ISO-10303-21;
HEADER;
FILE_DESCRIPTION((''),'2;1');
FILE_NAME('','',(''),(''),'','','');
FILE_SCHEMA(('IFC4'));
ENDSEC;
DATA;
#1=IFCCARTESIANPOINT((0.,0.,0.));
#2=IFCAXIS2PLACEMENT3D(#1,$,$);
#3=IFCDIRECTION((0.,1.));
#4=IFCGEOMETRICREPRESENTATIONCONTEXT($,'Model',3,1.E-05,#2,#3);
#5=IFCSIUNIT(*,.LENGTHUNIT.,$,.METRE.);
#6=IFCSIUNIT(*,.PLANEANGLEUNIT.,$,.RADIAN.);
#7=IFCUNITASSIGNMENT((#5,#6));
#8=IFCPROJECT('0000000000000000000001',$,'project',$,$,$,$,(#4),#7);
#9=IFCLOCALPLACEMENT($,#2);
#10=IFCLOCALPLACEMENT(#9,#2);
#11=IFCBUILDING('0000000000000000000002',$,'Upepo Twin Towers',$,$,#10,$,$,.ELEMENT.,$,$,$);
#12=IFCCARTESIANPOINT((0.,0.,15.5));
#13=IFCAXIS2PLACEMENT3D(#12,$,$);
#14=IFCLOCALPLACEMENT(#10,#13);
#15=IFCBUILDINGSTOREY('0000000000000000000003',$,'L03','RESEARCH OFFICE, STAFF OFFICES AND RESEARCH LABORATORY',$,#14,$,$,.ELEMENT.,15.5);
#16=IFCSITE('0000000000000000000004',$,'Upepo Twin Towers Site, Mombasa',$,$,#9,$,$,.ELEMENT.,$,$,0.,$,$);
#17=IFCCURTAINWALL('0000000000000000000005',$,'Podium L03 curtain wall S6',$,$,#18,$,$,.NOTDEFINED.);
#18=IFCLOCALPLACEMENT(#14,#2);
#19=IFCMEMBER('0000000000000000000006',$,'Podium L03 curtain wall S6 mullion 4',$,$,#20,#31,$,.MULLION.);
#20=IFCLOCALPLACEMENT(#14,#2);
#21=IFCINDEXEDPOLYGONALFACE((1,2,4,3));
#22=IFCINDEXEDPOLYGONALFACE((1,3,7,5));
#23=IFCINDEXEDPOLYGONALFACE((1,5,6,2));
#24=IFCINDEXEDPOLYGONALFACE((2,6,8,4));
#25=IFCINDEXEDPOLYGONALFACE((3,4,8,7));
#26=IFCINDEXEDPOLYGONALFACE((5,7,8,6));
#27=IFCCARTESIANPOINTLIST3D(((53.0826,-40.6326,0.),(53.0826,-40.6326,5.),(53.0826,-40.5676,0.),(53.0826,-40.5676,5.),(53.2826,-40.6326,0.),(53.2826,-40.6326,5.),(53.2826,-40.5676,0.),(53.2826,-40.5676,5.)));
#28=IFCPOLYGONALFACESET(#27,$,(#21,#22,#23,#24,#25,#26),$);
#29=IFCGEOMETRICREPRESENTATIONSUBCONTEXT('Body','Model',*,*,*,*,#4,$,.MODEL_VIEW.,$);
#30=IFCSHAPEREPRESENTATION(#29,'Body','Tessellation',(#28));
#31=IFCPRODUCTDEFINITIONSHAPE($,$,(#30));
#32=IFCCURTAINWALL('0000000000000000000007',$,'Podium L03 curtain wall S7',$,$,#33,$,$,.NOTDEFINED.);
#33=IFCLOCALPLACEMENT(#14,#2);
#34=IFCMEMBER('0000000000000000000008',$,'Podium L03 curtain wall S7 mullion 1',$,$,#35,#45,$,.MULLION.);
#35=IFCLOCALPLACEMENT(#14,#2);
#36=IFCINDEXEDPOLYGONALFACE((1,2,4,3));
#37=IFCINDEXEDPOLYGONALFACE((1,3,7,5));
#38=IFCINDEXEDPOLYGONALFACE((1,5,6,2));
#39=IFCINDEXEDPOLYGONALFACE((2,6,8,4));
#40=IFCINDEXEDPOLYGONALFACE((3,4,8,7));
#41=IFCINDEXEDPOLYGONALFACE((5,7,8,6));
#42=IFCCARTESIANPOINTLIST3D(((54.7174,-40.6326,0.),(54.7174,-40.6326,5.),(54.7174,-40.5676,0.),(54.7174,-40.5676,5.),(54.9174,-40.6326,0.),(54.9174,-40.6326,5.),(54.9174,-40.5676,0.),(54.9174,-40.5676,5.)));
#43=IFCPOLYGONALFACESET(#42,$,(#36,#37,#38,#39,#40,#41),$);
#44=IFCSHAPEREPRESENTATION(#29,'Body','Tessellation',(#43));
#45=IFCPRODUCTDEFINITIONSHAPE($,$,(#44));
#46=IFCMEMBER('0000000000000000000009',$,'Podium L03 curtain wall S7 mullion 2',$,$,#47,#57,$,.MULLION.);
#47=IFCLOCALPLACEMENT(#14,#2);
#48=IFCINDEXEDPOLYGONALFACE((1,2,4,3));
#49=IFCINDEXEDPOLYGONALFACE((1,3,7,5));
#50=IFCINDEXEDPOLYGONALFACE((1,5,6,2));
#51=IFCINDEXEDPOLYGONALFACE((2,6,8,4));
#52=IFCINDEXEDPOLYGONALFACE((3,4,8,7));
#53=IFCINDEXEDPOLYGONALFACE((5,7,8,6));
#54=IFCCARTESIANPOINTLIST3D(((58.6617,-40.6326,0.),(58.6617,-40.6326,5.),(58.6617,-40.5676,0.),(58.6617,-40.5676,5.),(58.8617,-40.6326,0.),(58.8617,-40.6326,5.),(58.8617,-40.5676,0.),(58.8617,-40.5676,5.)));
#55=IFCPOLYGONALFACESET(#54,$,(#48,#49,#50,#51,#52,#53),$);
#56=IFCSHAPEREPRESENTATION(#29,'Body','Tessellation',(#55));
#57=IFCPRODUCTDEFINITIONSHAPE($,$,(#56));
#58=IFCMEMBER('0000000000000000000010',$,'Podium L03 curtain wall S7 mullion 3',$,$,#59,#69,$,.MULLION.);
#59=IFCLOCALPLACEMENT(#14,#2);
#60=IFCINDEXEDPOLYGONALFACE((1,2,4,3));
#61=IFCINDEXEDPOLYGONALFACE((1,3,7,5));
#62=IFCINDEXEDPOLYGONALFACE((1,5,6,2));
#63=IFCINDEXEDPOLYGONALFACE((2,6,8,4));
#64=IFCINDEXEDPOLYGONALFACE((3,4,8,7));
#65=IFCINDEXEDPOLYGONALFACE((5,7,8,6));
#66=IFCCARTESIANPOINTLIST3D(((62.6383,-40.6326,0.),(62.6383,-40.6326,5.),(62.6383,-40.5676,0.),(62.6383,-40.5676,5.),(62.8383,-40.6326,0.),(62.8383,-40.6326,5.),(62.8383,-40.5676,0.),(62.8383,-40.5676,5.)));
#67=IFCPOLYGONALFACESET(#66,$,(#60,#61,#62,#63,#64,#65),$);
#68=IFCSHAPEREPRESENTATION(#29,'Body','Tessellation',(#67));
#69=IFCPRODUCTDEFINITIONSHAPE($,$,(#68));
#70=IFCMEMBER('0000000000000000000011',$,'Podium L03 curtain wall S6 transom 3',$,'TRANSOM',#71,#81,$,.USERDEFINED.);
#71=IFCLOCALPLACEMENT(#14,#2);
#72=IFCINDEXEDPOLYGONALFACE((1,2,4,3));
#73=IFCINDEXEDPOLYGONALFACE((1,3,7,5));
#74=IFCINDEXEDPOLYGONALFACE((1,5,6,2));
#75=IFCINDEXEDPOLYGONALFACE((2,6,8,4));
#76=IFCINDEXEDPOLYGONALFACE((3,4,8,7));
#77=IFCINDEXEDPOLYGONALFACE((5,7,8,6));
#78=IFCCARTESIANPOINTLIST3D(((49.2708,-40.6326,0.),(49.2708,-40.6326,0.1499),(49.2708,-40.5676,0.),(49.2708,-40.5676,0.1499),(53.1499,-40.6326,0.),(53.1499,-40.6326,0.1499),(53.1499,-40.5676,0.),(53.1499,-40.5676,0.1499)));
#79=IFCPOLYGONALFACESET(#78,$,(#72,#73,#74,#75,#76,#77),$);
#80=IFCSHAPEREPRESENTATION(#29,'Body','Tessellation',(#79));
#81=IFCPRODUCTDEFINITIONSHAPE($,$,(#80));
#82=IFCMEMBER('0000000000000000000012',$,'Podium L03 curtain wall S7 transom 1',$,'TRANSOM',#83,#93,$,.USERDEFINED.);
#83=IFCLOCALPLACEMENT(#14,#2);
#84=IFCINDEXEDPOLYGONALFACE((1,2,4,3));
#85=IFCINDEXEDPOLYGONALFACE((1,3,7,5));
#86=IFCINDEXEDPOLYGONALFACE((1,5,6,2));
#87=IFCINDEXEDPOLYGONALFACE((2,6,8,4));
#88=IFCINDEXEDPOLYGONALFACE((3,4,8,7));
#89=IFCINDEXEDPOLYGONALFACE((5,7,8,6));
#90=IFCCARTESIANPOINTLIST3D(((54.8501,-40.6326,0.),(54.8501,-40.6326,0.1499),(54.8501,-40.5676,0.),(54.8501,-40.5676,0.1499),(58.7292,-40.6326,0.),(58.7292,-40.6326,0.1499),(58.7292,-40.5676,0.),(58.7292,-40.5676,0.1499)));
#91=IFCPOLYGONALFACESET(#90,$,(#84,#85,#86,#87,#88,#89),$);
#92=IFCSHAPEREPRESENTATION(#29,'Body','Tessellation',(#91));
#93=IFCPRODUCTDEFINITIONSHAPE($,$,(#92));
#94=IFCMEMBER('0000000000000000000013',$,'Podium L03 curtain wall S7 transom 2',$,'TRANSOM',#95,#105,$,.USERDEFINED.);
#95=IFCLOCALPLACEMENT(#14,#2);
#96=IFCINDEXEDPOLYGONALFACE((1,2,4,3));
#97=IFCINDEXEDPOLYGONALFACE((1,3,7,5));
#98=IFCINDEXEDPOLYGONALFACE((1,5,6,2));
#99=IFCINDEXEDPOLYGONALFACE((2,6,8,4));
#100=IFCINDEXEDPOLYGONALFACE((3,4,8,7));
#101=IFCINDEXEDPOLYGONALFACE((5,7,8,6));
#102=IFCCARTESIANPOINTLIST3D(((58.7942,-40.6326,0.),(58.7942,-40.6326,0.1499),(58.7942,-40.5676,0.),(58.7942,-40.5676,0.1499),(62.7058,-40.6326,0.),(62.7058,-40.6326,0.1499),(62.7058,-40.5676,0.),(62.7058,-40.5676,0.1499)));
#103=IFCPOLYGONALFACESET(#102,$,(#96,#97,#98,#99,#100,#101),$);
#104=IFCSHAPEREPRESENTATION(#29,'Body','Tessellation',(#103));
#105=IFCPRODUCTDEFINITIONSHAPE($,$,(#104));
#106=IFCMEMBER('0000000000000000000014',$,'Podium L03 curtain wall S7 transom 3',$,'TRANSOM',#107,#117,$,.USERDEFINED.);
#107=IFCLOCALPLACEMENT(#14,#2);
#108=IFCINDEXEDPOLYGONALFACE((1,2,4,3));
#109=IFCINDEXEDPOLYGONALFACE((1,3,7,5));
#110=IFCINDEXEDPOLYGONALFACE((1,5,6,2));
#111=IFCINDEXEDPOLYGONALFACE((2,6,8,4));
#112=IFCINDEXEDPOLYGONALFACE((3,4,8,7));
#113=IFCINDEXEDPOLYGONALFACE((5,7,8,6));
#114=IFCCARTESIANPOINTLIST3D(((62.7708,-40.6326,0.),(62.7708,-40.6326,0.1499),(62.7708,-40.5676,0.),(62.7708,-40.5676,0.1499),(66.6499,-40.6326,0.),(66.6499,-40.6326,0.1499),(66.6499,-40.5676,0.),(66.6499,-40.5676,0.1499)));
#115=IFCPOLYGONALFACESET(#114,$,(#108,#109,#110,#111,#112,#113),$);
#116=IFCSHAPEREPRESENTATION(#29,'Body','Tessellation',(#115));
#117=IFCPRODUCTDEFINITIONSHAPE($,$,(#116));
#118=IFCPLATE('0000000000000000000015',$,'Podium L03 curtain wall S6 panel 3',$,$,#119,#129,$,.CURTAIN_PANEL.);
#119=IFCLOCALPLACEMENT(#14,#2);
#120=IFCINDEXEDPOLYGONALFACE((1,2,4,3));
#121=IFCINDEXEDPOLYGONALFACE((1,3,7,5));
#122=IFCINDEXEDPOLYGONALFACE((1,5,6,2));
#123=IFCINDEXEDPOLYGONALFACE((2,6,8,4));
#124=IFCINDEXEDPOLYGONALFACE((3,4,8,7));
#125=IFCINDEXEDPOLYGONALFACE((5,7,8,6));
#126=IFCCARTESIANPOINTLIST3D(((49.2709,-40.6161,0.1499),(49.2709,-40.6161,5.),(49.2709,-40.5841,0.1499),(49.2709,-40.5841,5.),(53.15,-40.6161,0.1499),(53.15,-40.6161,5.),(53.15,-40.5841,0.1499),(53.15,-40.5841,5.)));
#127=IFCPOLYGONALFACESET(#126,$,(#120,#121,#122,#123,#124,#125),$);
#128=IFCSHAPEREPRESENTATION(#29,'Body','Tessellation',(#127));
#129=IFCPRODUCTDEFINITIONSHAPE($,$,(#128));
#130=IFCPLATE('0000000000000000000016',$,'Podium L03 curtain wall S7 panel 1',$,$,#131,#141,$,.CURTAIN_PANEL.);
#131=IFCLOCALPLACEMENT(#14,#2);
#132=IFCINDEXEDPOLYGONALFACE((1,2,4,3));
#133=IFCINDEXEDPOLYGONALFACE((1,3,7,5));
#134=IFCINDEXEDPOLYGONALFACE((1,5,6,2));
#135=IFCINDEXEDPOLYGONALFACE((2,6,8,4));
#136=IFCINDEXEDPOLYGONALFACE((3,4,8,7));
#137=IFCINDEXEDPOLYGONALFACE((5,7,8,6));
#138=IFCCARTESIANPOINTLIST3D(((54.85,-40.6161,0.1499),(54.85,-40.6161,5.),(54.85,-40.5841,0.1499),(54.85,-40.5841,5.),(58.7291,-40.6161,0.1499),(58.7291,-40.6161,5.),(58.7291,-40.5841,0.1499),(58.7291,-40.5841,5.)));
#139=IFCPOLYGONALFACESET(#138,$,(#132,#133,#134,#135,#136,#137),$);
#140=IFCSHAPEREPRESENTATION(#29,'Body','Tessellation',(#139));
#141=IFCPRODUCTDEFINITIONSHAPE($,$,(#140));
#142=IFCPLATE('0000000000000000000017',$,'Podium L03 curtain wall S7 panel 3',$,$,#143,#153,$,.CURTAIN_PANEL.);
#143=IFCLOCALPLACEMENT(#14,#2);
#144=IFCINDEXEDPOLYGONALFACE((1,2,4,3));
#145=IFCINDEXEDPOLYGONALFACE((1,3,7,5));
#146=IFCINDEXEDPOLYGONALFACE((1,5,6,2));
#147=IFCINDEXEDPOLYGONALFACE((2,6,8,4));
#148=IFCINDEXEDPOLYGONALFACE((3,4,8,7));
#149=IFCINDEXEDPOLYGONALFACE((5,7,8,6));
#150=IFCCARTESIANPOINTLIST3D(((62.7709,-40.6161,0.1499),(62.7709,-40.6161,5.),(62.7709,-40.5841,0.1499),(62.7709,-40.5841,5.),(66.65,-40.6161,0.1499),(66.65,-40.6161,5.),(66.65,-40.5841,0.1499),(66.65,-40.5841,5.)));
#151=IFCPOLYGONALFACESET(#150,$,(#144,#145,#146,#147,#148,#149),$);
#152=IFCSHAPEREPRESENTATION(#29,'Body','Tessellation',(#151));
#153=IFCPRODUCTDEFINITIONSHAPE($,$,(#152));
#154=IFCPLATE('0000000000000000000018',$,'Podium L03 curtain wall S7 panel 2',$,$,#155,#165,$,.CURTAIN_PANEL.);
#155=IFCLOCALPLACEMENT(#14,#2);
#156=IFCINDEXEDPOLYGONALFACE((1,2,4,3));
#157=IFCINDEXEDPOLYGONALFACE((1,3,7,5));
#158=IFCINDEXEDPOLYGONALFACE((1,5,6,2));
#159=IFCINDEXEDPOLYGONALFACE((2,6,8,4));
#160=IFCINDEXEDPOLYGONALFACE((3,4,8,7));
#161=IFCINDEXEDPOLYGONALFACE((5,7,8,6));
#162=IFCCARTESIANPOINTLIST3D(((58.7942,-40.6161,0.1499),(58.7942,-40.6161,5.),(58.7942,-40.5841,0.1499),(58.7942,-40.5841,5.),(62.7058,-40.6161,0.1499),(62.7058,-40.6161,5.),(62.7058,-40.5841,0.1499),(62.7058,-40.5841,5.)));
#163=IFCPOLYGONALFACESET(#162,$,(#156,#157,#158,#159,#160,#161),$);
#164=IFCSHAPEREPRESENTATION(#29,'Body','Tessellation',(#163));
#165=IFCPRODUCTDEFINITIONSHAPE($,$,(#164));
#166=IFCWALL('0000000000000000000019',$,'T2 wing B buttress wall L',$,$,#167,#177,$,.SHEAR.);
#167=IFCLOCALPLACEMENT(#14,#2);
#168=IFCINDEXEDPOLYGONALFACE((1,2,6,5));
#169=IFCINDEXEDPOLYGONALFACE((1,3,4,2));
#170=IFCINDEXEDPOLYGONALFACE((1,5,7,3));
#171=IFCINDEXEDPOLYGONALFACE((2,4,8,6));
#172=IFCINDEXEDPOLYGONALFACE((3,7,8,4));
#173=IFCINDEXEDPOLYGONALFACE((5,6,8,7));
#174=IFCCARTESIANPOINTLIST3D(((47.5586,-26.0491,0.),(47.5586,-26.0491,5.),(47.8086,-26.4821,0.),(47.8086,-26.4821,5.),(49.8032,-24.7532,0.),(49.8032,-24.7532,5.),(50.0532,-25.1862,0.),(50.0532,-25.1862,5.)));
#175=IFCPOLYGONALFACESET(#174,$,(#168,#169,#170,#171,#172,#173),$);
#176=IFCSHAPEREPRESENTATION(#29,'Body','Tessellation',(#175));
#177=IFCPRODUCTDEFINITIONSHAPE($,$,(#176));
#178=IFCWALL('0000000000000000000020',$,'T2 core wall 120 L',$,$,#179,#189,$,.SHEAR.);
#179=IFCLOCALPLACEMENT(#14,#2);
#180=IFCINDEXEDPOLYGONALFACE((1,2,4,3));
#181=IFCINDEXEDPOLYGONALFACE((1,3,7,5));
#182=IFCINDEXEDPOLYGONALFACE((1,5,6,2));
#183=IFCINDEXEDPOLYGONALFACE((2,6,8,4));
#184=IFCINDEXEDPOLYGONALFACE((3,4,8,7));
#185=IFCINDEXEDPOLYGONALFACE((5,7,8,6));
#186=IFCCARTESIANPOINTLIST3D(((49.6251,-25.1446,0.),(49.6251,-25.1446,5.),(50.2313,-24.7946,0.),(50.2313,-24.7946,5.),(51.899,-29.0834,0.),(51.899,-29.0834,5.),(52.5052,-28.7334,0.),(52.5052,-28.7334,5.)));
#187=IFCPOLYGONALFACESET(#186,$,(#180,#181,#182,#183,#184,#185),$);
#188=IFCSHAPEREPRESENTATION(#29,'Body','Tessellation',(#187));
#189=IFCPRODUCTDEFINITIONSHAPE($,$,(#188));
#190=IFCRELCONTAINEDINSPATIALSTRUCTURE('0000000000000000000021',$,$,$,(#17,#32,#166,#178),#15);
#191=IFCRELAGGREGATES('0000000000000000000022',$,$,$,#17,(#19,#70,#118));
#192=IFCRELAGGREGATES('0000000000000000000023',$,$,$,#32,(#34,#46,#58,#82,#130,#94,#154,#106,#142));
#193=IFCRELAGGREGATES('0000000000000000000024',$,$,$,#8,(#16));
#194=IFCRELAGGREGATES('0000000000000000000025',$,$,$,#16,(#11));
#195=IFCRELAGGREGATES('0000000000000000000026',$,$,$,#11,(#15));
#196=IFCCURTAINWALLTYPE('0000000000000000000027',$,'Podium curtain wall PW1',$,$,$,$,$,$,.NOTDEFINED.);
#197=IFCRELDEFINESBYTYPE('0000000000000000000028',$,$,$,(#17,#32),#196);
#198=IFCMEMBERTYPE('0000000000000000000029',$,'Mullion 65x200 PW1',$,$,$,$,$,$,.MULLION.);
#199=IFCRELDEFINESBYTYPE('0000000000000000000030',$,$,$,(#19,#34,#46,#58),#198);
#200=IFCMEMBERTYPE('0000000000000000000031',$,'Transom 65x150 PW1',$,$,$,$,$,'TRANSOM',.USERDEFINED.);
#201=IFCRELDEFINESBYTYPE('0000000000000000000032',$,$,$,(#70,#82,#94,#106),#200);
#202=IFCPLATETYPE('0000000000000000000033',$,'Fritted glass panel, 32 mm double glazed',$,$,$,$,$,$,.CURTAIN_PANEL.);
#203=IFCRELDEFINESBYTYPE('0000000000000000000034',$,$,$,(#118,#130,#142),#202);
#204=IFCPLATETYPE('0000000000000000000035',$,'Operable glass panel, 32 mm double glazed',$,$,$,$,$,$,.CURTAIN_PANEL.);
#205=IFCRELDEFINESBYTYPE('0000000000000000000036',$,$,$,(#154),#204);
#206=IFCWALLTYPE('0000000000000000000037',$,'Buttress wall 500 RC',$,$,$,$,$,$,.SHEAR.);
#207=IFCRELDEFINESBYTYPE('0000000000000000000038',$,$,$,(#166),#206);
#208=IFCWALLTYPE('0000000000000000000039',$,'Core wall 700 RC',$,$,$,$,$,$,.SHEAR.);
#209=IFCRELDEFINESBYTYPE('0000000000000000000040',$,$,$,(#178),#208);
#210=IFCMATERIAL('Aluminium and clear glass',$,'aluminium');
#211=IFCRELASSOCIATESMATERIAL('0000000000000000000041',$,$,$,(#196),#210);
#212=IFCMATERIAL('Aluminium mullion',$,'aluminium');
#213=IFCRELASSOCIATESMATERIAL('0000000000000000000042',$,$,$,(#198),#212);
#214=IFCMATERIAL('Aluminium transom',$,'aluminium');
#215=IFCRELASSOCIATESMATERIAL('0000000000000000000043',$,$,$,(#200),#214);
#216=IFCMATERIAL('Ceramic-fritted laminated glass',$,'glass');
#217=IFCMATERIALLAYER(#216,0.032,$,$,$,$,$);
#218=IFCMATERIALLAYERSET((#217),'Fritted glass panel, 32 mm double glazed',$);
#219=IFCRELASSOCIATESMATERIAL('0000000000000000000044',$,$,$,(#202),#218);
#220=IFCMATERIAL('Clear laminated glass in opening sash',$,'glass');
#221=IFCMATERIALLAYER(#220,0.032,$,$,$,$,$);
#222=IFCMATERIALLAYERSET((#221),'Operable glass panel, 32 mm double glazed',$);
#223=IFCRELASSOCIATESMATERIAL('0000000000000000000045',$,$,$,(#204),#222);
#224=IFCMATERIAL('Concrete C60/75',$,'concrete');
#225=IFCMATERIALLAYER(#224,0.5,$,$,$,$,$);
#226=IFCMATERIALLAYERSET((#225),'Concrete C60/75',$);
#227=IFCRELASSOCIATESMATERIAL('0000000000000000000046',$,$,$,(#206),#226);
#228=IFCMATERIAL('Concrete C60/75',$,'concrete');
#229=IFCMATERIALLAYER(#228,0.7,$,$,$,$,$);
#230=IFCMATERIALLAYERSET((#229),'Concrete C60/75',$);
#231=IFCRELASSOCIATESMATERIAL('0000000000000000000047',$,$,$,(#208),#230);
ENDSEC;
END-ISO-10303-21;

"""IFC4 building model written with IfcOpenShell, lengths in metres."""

from ifc_helpers import new_model, si_unit, direction, frame, frame_2d, origin, origin_2d, place, context, subcontext, project, spatial, rectangle, extrude, material, layer, layer_set, material_profile, profile_set, type_object, element, aggregate, save


model = new_model("IFC4")

# Units and contexts
model_context = context("Model", 3, precision=1e-05, world=origin(), true_north=direction((0.0, 1.0)))
body_context = subcontext(model_context, "Body", "Model", "MODEL_VIEW")
ifc_project = project(units=[si_unit("LENGTHUNIT", "METRE"), si_unit("PLANEANGLEUNIT", "RADIAN")], contexts=[model_context])

# Site, building, storey
site_placement = place(None, origin())
site = spatial("IfcSite", under=ifc_project, at=site_placement, Name="Upepo Twin Towers Site, Mombasa", CompositionType="ELEMENT", RefElevation=0.0)
building_placement = place(site_placement, origin())
building = spatial("IfcBuilding", under=site, at=building_placement, Name="Upepo Twin Towers", CompositionType="ELEMENT")
storey_placement = place(building_placement, frame((0.0, 0.0, 15.5)))
storey = spatial("IfcBuildingStorey", under=building, at=storey_placement, Name="L03", Description="RESEARCH OFFICE, STAFF OFFICES AND RESEARCH LABORATORY", CompositionType="ELEMENT", Elevation=15.5)

# Curtain wall, member
ifc_material_1 = material(Name="Aluminium and clear glass", Category="aluminium")
curtain_wall_type = type_object("IfcCurtainWallType", Name="Podium curtain wall PW1", PredefinedType="NOTDEFINED", material=ifc_material_1)
curtain_wall_1_placement = place(storey_placement, origin())
curtain_wall_1 = element("IfcCurtainWall", 1, at=curtain_wall_1_placement, inside=storey, type_object=curtain_wall_type, Name="Podium L03 curtain wall S6", PredefinedType="NOTDEFINED")
ifc_material_2 = material(Name="Aluminium mullion", Category="aluminium")
ifc_material_profile_1 = material_profile(ifc_material_2, rectangle(XDim=0.0649, YDim=0.2, at=origin_2d()), Name="MULLION 65x200 PODIUM")
ifc_profile_set_1 = profile_set([ifc_material_profile_1], Name="Aluminium mullion")
member_type_1 = type_object("IfcMemberType", Name="Mullion 65x200 PW1", PredefinedType="MULLION", material=ifc_profile_set_1)
member_1_placement = place(storey_placement, frame((53.1826, -40.6001, 0.0), z_axis=(0.0, 0.0, 1.0), x_axis=(0.0, 1.0, 0.0)))
member_1 = element("IfcMember", 2, at=member_1_placement, type_object=member_type_1, Name="Podium L03 curtain wall S6 mullion 4", PredefinedType="MULLION", context=body_context, shape_type="SweptSolid", body=[
    extrude(rectangle(XDim=0.0649, YDim=0.2, at=origin_2d()), origin(), (0.0, 0.0, 1.0), 5.0),
])

# Curtain wall, members
curtain_wall_2_placement = place(storey_placement, origin())
curtain_wall_2 = element("IfcCurtainWall", 3, at=curtain_wall_2_placement, inside=storey, type_object=curtain_wall_type, Name="Podium L03 curtain wall S7", PredefinedType="NOTDEFINED")
member_2_placement = place(storey_placement, frame((54.8174, -40.6001, 0.0), z_axis=(0.0, 0.0, 1.0), x_axis=(0.0, 1.0, 0.0)))
member_2 = element("IfcMember", 4, at=member_2_placement, type_object=member_type_1, Name="Podium L03 curtain wall S7 mullion 1", PredefinedType="MULLION", context=body_context, shape_type="SweptSolid", body=[
    extrude(rectangle(XDim=0.0649, YDim=0.2, at=origin_2d()), origin(), (0.0, 0.0, 1.0), 5.0),
])
member_3_placement = place(storey_placement, frame((58.7617, -40.6001, 0.0), z_axis=(0.0, 0.0, 1.0), x_axis=(0.0, 1.0, 0.0)))
member_3 = element("IfcMember", 5, at=member_3_placement, type_object=member_type_1, Name="Podium L03 curtain wall S7 mullion 2", PredefinedType="MULLION", context=body_context, shape_type="SweptSolid", body=[
    extrude(rectangle(XDim=0.0649, YDim=0.2, at=origin_2d()), origin(), (0.0, 0.0, 1.0), 5.0),
])
member_4_placement = place(storey_placement, frame((62.7383, -40.6001, 0.0), z_axis=(0.0, 0.0, 1.0), x_axis=(0.0, 1.0, 0.0)))
member_4 = element("IfcMember", 6, at=member_4_placement, type_object=member_type_1, Name="Podium L03 curtain wall S7 mullion 3", PredefinedType="MULLION", context=body_context, shape_type="SweptSolid", body=[
    extrude(rectangle(XDim=0.0649, YDim=0.2, at=origin_2d()), origin(), (0.0, 0.0, 1.0), 5.0),
])

# Members
ifc_material_3 = material(Name="Aluminium transom", Category="aluminium")
ifc_material_profile_2 = material_profile(ifc_material_3, rectangle(XDim=0.0649, YDim=0.1499, at=origin_2d()), Name="TRANSOM 65x150 PODIUM")
ifc_profile_set_2 = profile_set([ifc_material_profile_2], Name="Aluminium transom")
member_type_2 = type_object("IfcMemberType", Name="Transom 65x150 PW1", ElementType="TRANSOM", PredefinedType="USERDEFINED", material=ifc_profile_set_2)
member_5_placement = place(storey_placement, frame((49.2708, -40.6001, 0.075), z_axis=(1.0, 0.0, 0.0), x_axis=(0.0, 1.0, 0.0)))
member_5 = element("IfcMember", 7, at=member_5_placement, type_object=member_type_2, Name="Podium L03 curtain wall S6 transom 3", ObjectType="TRANSOM", PredefinedType="USERDEFINED", context=body_context, shape_type="SweptSolid", body=[
    extrude(rectangle(XDim=0.0649, YDim=0.1499, at=origin_2d()), origin(), (0.0, 0.0, 1.0), 3.8792),
])
member_6_placement = place(storey_placement, frame((54.8501, -40.6001, 0.075), z_axis=(1.0, 0.0, 0.0), x_axis=(0.0, 1.0, 0.0)))
member_6 = element("IfcMember", 8, at=member_6_placement, type_object=member_type_2, Name="Podium L03 curtain wall S7 transom 1", ObjectType="TRANSOM", PredefinedType="USERDEFINED", context=body_context, shape_type="SweptSolid", body=[
    extrude(rectangle(XDim=0.0649, YDim=0.1499, at=origin_2d()), origin(), (0.0, 0.0, 1.0), 3.8792),
])
member_7_placement = place(storey_placement, frame((58.7942, -40.6001, 0.075), z_axis=(1.0, 0.0, 0.0), x_axis=(0.0, 1.0, 0.0)))
member_7 = element("IfcMember", 9, at=member_7_placement, type_object=member_type_2, Name="Podium L03 curtain wall S7 transom 2", ObjectType="TRANSOM", PredefinedType="USERDEFINED", context=body_context, shape_type="SweptSolid", body=[
    extrude(rectangle(XDim=0.0649, YDim=0.1499, at=origin_2d()), origin(), (0.0, 0.0, 1.0), 3.9116),
])
member_8_placement = place(storey_placement, frame((62.7708, -40.6001, 0.075), z_axis=(1.0, 0.0, 0.0), x_axis=(0.0, 1.0, 0.0)))
member_8 = element("IfcMember", 10, at=member_8_placement, type_object=member_type_2, Name="Podium L03 curtain wall S7 transom 3", ObjectType="TRANSOM", PredefinedType="USERDEFINED", context=body_context, shape_type="SweptSolid", body=[
    extrude(rectangle(XDim=0.0649, YDim=0.1499, at=origin_2d()), origin(), (0.0, 0.0, 1.0), 3.8792),
])

# Plates
ifc_material_4 = material(Name="Ceramic-fritted laminated glass", Category="glass")
ifc_layer_1 = layer(ifc_material_4, 0.032)
ifc_layer_set_1 = layer_set([ifc_layer_1], Name="Fritted glass panel, 32 mm double glazed")
plate_type_1 = type_object("IfcPlateType", Name="Fritted glass panel, 32 mm double glazed", PredefinedType="CURTAIN_PANEL", material=ifc_layer_set_1)
plate_1_placement = place(storey_placement, frame((51.2104, -40.6001, 0.1499), z_axis=(0.0, 0.0, 1.0), x_axis=(1.0, 0.0, 0.0)))
plate_1 = element("IfcPlate", 11, at=plate_1_placement, type_object=plate_type_1, Name="Podium L03 curtain wall S6 panel 3", PredefinedType="CURTAIN_PANEL", context=body_context, shape_type="SweptSolid", body=[
    extrude(rectangle(XDim=3.8792, YDim=0.032, at=origin_2d()), origin(), (0.0, 0.0, 1.0), 4.8501),
])
aggregate(curtain_wall_1, [member_1, member_5, plate_1])
plate_2_placement = place(storey_placement, frame((56.7896, -40.6001, 0.1499), z_axis=(0.0, 0.0, 1.0), x_axis=(1.0, 0.0, 0.0)))
plate_2 = element("IfcPlate", 12, at=plate_2_placement, type_object=plate_type_1, Name="Podium L03 curtain wall S7 panel 1", PredefinedType="CURTAIN_PANEL", context=body_context, shape_type="SweptSolid", body=[
    extrude(rectangle(XDim=3.8792, YDim=0.032, at=origin_2d()), origin(), (0.0, 0.0, 1.0), 4.8501),
])
plate_3_placement = place(storey_placement, frame((64.7104, -40.6001, 0.1499), z_axis=(0.0, 0.0, 1.0), x_axis=(1.0, 0.0, 0.0)))
plate_3 = element("IfcPlate", 13, at=plate_3_placement, type_object=plate_type_1, Name="Podium L03 curtain wall S7 panel 3", PredefinedType="CURTAIN_PANEL", context=body_context, shape_type="SweptSolid", body=[
    extrude(rectangle(XDim=3.8792, YDim=0.032, at=origin_2d()), origin(), (0.0, 0.0, 1.0), 4.8501),
])
ifc_material_5 = material(Name="Clear laminated glass in opening sash", Category="glass")
ifc_layer_2 = layer(ifc_material_5, 0.032)
ifc_layer_set_2 = layer_set([ifc_layer_2], Name="Operable glass panel, 32 mm double glazed")
plate_type_2 = type_object("IfcPlateType", Name="Operable glass panel, 32 mm double glazed", PredefinedType="CURTAIN_PANEL", material=ifc_layer_set_2)
plate_4_placement = place(storey_placement, frame((60.75, -40.6001, 0.1499), z_axis=(0.0, 0.0, 1.0), x_axis=(1.0, 0.0, 0.0)))
plate_4 = element("IfcPlate", 14, at=plate_4_placement, type_object=plate_type_2, Name="Podium L03 curtain wall S7 panel 2", PredefinedType="CURTAIN_PANEL", context=body_context, shape_type="SweptSolid", body=[
    extrude(rectangle(XDim=3.9116, YDim=0.032, at=origin_2d()), origin(), (0.0, 0.0, 1.0), 4.8501),
])
aggregate(curtain_wall_2, [member_2, member_3, member_4, member_6, plate_2, member_7, plate_4, member_8, plate_3])

# Walls
ifc_material_6 = material(Name="Concrete C60/75", Category="concrete")
ifc_layer_3 = layer(ifc_material_6, 0.5)
ifc_layer_set_3 = layer_set([ifc_layer_3], Name="Concrete C60/75")
wall_type_1 = type_object("IfcWallType", Name="Buttress wall 500 RC", PredefinedType="SHEAR", material=ifc_layer_set_3)
wall_1_placement = place(storey_placement, frame((49.9282, -24.9697, 0.0), z_axis=(0.0, 0.0, 1.0), x_axis=(-0.866032, -0.499989, 0.0)))
element("IfcWall", 15, at=wall_1_placement, inside=storey, type_object=wall_type_1, Name="T2 wing B buttress wall L", PredefinedType="SHEAR", context=body_context, shape_type="SweptSolid", body=[
    extrude(rectangle(XDim=2.5918, YDim=0.5, at=frame_2d((1.2959, 0.0))), origin(), (0.0, 0.0, 1.0), 5.0),
])
ifc_material_7 = material(Name="Concrete C60/75", Category="concrete")
ifc_layer_4 = layer(ifc_material_7, 0.7)
ifc_layer_set_4 = layer_set([ifc_layer_4], Name="Concrete C60/75")
wall_type_2 = type_object("IfcWallType", Name="Core wall 700 RC", PredefinedType="SHEAR", material=ifc_layer_set_4)
wall_2_placement = place(storey_placement, frame((49.9282, -24.9697, 0.0), z_axis=(0.0, 0.0, 1.0), x_axis=(0.499984, -0.866035, 0.0)))
element("IfcWall", 16, at=wall_2_placement, inside=storey, type_object=wall_type_2, Name="T2 core wall 120 L", PredefinedType="SHEAR", context=body_context, shape_type="SweptSolid", body=[
    extrude(rectangle(XDim=4.5481, YDim=0.7, at=frame_2d((2.2739, 0.0))), origin(), (0.0, 0.0, 1.0), 5.0),
])

save(model, "model.ifc")
